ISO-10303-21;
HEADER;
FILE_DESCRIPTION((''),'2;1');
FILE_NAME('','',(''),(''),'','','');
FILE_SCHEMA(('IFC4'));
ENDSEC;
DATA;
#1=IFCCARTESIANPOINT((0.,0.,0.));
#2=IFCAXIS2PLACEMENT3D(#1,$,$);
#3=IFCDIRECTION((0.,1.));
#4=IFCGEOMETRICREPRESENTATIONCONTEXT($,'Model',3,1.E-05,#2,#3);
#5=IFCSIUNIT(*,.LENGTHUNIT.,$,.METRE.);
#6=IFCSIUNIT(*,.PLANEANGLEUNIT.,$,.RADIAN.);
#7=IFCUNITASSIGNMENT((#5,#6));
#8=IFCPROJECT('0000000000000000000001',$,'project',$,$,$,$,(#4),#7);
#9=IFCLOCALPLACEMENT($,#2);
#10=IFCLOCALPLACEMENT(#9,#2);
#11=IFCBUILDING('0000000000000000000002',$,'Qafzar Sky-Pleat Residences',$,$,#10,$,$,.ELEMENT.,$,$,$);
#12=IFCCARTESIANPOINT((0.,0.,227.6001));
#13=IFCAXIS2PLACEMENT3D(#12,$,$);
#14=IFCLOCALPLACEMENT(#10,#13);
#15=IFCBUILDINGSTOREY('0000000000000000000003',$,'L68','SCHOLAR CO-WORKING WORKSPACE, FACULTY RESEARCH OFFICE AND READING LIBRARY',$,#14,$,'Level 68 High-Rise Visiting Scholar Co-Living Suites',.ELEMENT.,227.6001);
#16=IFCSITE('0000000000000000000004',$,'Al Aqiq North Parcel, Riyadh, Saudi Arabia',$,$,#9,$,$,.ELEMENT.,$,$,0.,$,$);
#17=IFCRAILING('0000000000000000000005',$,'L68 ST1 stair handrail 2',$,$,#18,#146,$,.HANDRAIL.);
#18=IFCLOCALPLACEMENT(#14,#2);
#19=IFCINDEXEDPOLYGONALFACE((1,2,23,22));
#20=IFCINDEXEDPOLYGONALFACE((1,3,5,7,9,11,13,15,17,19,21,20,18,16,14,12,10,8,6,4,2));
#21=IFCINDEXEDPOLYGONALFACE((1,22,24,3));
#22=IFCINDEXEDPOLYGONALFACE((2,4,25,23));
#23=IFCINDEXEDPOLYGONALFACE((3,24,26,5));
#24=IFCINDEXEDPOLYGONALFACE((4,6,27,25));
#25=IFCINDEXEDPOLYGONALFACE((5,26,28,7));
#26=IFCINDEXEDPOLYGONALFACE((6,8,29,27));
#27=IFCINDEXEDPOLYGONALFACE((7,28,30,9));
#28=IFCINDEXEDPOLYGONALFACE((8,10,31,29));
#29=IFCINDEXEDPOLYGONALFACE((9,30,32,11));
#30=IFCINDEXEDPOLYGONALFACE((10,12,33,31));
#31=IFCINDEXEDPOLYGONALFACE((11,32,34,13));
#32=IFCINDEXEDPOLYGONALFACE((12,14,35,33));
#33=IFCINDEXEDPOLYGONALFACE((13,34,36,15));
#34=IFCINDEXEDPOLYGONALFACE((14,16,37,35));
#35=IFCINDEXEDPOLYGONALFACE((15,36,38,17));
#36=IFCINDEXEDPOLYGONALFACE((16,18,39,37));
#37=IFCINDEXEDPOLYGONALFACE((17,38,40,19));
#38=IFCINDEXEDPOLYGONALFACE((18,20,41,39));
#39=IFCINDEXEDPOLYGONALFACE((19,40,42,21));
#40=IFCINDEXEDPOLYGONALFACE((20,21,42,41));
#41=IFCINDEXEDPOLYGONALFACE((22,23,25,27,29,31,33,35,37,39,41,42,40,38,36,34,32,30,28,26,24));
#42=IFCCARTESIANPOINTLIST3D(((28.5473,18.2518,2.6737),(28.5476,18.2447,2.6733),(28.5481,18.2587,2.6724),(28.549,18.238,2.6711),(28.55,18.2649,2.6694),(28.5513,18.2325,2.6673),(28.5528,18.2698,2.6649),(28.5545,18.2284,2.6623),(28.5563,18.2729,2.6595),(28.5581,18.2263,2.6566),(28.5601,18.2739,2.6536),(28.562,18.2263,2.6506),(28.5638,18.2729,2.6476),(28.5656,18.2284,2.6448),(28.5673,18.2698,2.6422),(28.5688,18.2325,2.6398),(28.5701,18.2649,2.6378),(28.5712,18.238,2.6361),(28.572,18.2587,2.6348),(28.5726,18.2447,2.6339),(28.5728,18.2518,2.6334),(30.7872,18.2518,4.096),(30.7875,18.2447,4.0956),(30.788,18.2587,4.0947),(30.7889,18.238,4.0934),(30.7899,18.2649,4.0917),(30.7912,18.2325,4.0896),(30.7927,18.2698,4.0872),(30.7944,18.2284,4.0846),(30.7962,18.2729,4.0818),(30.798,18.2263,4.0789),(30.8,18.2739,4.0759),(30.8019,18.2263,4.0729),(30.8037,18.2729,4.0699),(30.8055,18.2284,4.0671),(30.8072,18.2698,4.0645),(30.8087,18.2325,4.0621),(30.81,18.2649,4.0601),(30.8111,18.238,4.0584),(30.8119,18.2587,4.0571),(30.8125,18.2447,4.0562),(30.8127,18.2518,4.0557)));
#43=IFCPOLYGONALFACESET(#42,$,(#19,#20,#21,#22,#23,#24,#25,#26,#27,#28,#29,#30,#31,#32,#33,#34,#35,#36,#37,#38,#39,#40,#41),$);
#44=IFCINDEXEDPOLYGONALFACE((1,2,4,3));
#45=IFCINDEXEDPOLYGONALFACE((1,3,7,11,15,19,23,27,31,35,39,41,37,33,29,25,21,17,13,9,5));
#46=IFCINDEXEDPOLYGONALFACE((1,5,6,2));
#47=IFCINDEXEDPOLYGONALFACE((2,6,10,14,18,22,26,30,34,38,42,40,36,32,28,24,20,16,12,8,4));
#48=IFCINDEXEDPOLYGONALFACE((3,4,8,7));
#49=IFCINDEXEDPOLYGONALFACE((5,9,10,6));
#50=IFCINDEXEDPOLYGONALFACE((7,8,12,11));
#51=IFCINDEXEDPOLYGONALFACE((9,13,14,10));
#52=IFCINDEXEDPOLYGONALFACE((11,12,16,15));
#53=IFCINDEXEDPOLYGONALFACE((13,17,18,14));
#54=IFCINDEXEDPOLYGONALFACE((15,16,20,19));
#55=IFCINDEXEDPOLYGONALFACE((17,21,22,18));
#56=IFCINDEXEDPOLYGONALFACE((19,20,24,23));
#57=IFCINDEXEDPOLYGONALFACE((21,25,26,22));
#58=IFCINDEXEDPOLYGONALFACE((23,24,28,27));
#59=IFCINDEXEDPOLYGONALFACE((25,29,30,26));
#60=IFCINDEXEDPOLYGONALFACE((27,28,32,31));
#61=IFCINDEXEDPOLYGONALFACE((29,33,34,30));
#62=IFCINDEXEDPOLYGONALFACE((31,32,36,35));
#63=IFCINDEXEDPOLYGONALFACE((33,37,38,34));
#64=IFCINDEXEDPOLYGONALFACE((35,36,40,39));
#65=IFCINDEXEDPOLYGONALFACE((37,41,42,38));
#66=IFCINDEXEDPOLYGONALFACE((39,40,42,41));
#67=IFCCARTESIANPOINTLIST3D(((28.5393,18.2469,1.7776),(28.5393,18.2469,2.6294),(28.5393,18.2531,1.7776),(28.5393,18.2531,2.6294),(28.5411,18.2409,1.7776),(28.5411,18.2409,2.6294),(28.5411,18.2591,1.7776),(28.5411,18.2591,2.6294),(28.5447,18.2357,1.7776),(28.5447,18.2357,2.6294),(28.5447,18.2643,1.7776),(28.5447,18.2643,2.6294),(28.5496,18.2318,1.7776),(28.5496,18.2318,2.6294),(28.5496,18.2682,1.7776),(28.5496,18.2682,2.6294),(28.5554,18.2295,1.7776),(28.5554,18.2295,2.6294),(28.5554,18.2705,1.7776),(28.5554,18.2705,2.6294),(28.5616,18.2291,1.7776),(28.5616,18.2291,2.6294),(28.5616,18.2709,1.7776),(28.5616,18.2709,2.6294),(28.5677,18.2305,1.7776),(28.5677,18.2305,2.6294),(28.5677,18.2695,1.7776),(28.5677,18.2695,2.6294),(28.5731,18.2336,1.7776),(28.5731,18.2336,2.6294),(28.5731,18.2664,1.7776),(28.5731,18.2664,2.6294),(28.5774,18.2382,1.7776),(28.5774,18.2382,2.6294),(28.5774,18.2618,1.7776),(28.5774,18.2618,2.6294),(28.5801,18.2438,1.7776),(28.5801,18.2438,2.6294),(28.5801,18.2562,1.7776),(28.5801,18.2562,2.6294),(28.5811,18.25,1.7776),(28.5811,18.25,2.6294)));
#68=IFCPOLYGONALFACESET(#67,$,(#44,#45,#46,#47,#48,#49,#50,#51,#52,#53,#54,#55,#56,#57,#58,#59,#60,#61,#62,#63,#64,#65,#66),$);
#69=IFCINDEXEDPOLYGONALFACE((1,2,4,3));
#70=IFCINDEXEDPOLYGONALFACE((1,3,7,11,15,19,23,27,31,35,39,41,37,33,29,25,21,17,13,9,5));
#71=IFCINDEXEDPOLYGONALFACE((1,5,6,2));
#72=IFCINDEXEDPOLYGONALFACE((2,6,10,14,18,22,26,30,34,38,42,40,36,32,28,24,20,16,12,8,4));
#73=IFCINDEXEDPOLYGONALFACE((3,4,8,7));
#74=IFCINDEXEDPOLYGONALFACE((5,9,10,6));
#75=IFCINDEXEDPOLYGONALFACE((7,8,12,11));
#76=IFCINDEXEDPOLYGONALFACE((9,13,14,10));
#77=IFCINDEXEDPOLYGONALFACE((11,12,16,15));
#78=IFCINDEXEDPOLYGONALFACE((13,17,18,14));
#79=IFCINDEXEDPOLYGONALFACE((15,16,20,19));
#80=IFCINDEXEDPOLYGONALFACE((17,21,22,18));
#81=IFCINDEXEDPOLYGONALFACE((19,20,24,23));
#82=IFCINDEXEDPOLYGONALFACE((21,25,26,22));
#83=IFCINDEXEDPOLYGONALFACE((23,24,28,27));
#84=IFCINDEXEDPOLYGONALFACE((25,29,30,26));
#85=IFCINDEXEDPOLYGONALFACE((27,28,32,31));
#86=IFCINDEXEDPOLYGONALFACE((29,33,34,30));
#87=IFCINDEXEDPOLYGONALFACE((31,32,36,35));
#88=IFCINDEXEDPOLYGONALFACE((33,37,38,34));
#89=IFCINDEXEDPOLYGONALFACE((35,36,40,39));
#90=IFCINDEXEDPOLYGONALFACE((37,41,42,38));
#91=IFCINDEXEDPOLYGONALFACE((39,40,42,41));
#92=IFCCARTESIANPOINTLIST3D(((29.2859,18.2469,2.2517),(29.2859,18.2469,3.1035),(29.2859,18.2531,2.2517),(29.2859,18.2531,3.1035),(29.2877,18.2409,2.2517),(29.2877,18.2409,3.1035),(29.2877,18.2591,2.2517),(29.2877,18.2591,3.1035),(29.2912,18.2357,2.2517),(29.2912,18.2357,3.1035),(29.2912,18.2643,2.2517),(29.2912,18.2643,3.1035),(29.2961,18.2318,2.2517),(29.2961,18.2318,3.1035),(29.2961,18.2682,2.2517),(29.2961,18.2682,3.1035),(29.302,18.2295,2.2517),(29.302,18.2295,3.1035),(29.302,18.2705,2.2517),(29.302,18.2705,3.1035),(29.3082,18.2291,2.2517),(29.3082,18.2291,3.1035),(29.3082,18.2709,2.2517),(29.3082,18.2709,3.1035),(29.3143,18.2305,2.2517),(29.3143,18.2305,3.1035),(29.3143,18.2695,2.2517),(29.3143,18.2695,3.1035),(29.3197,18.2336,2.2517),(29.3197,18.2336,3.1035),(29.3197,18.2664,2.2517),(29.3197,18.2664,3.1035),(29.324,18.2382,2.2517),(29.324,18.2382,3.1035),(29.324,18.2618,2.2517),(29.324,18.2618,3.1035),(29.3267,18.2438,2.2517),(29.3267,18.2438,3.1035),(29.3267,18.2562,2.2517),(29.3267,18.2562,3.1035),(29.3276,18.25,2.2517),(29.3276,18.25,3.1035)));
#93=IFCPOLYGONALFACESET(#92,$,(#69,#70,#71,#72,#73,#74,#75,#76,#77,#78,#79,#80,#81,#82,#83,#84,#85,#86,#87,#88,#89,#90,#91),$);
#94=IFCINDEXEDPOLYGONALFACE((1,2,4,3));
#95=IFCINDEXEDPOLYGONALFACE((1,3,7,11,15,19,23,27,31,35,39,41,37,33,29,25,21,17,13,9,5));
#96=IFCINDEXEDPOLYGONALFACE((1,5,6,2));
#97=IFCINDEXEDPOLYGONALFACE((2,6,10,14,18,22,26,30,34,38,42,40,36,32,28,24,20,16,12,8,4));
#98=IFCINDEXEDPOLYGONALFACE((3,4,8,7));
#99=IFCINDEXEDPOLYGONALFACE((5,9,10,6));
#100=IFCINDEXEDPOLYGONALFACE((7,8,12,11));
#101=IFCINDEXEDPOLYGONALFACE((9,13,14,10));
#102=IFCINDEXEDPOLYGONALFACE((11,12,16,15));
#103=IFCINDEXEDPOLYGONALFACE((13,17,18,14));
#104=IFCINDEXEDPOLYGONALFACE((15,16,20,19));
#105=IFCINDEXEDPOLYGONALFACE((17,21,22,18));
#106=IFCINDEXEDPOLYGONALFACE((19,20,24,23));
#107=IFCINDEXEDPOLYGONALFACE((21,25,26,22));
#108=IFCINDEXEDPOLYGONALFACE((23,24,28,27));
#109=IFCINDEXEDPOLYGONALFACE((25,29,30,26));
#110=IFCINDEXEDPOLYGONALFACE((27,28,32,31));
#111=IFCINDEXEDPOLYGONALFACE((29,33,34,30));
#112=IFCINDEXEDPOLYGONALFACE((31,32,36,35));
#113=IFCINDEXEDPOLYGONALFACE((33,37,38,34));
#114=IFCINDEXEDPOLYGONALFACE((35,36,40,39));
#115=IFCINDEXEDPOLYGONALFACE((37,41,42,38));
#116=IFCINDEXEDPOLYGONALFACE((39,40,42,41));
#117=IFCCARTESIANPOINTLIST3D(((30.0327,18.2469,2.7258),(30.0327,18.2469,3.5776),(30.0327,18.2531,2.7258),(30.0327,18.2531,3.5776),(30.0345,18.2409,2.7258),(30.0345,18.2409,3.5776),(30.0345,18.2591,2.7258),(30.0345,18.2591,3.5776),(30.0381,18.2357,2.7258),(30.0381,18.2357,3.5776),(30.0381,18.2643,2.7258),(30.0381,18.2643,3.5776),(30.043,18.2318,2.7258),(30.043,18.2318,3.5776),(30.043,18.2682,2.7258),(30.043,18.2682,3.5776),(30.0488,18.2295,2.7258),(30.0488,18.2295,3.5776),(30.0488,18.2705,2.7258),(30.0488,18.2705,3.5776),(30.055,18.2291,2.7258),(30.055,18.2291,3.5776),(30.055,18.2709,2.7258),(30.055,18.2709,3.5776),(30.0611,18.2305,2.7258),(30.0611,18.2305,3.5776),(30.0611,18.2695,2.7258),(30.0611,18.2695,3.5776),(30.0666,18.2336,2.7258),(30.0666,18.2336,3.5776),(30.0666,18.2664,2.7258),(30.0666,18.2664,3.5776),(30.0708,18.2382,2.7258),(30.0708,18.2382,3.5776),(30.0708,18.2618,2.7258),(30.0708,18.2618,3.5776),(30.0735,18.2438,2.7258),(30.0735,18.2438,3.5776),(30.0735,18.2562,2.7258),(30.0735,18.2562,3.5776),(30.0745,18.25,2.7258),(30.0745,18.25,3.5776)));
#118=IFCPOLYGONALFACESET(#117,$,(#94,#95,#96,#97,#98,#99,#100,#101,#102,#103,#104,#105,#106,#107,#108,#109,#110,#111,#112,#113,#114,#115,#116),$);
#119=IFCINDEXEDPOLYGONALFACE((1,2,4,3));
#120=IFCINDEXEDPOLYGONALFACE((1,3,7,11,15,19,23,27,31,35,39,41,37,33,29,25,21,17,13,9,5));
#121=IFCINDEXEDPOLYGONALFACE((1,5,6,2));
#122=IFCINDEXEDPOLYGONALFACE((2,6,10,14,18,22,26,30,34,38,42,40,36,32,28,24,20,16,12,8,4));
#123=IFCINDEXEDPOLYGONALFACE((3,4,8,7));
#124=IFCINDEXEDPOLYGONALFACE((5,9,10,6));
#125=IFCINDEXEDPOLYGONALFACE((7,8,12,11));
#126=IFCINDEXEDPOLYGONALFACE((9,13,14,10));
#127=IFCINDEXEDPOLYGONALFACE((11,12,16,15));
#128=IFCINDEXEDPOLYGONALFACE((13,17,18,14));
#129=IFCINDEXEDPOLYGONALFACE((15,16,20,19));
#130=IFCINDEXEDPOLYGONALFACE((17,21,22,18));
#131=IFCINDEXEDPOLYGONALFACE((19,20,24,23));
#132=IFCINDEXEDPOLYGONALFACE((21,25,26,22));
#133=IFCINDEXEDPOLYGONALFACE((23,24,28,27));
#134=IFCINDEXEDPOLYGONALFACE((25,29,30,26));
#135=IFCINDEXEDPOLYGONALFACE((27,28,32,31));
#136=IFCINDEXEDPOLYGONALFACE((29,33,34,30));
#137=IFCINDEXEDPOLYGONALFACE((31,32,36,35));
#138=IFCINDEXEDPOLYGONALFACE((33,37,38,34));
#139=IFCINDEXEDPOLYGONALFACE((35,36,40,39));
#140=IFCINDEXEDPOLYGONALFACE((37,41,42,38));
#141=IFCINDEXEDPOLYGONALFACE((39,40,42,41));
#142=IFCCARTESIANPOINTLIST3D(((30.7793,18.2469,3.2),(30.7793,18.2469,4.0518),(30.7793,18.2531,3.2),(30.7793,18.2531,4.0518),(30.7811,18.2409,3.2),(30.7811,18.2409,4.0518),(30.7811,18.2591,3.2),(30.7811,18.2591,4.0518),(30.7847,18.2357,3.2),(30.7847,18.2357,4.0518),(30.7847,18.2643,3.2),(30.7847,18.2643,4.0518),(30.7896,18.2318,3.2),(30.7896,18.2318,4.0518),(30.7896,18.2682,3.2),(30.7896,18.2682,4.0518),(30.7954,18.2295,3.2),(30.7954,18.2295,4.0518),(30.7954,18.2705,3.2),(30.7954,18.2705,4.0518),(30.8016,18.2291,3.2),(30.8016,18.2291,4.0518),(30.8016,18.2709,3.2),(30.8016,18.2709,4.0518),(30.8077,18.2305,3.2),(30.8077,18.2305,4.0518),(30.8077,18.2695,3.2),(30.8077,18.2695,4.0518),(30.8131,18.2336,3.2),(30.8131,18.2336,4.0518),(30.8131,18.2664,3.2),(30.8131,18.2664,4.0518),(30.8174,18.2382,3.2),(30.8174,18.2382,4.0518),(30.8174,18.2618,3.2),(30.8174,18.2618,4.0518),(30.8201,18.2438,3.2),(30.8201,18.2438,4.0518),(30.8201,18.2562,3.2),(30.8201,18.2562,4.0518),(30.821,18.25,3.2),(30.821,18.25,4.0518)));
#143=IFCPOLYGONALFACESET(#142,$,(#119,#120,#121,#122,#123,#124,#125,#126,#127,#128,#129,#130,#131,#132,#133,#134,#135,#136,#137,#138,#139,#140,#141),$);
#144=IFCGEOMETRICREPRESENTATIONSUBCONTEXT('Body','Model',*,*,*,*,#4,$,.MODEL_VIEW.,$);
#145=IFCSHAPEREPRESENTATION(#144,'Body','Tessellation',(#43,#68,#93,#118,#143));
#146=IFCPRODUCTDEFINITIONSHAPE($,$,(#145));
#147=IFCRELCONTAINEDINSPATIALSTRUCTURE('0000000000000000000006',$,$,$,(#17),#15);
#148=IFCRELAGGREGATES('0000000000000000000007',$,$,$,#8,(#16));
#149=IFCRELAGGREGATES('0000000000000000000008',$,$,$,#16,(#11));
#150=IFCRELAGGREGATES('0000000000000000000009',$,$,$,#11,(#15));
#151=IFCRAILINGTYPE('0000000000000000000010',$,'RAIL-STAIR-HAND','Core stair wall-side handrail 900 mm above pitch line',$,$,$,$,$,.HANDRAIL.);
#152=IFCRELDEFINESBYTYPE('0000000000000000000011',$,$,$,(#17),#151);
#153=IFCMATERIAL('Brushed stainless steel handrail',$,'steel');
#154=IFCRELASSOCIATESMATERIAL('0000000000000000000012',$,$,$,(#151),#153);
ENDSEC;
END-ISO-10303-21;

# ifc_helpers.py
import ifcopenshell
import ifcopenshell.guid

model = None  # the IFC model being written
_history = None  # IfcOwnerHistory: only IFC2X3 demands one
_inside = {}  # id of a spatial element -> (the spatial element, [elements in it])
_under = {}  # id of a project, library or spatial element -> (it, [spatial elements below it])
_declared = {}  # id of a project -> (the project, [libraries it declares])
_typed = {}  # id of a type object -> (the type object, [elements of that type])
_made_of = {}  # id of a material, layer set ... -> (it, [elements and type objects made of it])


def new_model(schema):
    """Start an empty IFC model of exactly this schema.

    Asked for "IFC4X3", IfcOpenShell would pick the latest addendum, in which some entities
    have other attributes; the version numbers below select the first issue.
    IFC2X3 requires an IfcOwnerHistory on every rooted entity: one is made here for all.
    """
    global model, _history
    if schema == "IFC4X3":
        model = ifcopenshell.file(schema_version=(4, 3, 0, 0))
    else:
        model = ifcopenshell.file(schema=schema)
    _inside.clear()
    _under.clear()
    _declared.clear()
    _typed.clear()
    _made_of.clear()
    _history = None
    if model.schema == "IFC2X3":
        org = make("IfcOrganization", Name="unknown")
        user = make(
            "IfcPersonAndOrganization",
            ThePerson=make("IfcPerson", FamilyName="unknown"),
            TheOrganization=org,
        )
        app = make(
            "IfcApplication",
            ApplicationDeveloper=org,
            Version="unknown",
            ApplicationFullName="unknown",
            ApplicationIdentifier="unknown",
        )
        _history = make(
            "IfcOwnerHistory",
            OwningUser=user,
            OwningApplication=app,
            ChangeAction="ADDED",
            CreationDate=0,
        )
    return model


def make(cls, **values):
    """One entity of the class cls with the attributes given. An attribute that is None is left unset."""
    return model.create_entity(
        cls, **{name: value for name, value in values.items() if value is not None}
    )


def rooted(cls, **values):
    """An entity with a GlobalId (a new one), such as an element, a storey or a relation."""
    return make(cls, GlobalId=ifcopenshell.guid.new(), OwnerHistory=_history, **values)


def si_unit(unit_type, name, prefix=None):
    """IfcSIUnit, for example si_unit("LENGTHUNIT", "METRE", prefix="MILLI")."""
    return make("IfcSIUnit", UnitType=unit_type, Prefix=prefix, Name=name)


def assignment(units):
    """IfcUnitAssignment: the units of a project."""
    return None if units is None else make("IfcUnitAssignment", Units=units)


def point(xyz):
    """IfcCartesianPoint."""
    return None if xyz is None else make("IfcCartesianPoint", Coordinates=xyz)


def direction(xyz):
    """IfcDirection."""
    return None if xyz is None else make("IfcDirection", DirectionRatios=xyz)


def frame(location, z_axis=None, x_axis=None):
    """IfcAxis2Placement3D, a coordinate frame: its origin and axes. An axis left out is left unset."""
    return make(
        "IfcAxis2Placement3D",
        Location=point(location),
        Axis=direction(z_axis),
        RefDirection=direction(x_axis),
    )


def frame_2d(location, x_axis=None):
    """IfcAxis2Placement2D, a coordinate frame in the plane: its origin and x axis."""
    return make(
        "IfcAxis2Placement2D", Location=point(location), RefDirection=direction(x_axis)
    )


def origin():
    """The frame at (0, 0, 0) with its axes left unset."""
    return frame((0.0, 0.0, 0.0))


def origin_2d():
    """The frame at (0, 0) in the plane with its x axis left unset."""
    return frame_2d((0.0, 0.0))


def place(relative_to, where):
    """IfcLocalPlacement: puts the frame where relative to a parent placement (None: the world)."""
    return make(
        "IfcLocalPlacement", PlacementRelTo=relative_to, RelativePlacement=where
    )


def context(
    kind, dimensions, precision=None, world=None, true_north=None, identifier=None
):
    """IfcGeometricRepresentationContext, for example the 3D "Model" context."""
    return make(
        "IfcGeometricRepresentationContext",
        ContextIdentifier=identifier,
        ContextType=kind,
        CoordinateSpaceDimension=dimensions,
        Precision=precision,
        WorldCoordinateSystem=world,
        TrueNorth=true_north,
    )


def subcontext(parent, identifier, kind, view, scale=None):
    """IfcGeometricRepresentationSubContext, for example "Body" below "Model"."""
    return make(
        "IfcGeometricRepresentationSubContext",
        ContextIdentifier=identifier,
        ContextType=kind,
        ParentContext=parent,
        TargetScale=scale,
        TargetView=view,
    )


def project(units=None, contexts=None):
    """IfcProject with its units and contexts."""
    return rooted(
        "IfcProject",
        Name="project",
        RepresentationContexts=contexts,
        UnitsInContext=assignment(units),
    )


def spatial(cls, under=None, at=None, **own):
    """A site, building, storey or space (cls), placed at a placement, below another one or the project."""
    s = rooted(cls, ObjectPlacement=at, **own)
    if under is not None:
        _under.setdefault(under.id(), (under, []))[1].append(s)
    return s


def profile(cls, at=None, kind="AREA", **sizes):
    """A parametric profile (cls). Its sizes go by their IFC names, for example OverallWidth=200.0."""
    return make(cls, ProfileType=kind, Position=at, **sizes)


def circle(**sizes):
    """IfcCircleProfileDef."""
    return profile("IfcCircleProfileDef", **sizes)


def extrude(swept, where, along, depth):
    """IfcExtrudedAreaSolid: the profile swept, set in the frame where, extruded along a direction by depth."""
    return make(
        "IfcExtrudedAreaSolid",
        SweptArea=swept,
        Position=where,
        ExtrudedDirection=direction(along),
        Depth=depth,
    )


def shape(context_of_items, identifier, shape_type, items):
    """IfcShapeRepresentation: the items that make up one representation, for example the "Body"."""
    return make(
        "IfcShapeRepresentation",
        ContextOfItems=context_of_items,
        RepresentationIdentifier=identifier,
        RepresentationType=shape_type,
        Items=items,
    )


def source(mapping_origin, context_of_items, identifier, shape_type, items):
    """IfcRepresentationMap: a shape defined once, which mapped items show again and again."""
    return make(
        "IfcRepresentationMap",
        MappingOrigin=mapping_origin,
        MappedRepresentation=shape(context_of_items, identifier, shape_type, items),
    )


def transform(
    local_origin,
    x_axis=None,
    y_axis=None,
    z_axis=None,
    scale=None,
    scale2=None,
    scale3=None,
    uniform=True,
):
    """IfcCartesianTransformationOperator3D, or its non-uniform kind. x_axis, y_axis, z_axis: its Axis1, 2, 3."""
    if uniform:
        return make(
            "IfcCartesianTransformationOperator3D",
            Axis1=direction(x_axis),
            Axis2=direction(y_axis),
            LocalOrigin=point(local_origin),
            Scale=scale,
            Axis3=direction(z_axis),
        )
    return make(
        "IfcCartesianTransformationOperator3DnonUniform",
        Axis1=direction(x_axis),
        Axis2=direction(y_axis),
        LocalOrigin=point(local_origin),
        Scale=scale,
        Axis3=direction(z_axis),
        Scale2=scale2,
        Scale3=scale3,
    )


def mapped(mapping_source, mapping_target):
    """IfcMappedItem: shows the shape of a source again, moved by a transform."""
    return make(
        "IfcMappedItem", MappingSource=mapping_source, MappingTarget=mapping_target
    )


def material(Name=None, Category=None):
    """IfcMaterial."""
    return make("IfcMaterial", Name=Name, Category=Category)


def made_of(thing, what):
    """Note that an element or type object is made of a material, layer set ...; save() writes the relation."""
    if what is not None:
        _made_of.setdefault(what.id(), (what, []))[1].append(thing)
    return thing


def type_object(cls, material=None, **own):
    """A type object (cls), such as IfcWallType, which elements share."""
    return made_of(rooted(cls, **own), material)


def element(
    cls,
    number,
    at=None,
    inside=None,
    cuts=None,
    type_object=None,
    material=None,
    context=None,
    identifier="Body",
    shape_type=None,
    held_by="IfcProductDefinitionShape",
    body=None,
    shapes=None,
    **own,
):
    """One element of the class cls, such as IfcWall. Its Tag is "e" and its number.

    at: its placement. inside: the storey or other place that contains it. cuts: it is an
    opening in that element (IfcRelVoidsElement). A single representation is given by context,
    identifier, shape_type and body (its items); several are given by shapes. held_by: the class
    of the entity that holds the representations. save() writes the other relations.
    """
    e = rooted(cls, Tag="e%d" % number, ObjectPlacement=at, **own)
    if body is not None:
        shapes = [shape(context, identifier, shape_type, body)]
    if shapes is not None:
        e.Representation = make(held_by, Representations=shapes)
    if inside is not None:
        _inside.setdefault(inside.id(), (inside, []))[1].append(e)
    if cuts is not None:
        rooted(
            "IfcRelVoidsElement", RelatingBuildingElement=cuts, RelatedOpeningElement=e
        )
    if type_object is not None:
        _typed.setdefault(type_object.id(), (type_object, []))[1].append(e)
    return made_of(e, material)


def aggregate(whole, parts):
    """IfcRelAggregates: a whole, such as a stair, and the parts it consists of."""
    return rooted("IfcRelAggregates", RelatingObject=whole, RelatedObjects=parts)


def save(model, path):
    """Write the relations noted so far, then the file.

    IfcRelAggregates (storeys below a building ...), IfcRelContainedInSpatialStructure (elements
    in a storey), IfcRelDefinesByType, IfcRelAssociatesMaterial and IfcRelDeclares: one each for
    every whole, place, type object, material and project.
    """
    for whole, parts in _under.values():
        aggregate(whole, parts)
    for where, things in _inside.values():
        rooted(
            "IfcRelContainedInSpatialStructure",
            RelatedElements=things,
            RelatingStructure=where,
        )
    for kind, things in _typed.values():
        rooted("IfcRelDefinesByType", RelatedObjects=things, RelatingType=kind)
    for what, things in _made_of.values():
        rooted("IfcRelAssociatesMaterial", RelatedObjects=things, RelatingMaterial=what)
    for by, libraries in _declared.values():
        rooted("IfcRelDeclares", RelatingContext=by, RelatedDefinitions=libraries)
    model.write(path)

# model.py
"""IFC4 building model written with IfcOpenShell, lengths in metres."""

from ifc_helpers import new_model, si_unit, direction, frame, origin, origin_2d, place, context, subcontext, project, spatial, circle, extrude, source, transform, mapped, material, type_object, element, save


model = new_model("IFC4")

# Units and contexts
model_context = context("Model", 3, precision=1e-05, world=origin(), true_north=direction((0.0, 1.0)))
body_context = subcontext(model_context, "Body", "Model", "MODEL_VIEW")
ifc_project = project(units=[si_unit("LENGTHUNIT", "METRE"), si_unit("PLANEANGLEUNIT", "RADIAN")], contexts=[model_context])

# Site, building, storey
site_placement = place(None, origin())
site = spatial("IfcSite", under=ifc_project, at=site_placement, Name="Al Aqiq North Parcel, Riyadh, Saudi Arabia", CompositionType="ELEMENT", RefElevation=0.0)
building_placement = place(site_placement, origin())
building = spatial("IfcBuilding", under=site, at=building_placement, Name="Qafzar Sky-Pleat Residences", CompositionType="ELEMENT")
storey_placement = place(building_placement, frame((0.0, 0.0, 227.6001)))
storey = spatial("IfcBuildingStorey", under=building, at=storey_placement, Name="L68", Description="SCHOLAR CO-WORKING WORKSPACE, FACULTY RESEARCH OFFICE AND READING LIBRARY", LongName="Level 68 High-Rise Visiting Scholar Co-Living Suites", CompositionType="ELEMENT", Elevation=227.6001)

# Railing
ifc_material_1 = material(Name="Brushed stainless steel handrail", Category="steel")
railing_type_1 = type_object("IfcRailingType", Name="RAIL-STAIR-HAND", Description="Core stair wall-side handrail 900 mm above pitch line", PredefinedType="HANDRAIL", material=ifc_material_1)
shared_shape_1 = source(origin(), body_context, "Body", "SweptSolid", [
    extrude(circle(Radius=0.0239, at=origin_2d()), frame((0.0, 0.0, 0.876), z_axis=(0.844188, 0.0, 0.536048), x_axis=(0.0, 1.0, 0.0)), (0.0, 0.0, 1.0), 2.6533),
    extrude(circle(Radius=0.021, at=origin_2d()), origin(), (0.0, 0.0, 1.0), 0.8518),
    extrude(circle(Radius=0.021, at=origin_2d()), frame((0.7466, 0.0, 0.4741)), (0.0, 0.0, 1.0), 0.8518),
    extrude(circle(Radius=0.021, at=origin_2d()), frame((1.4934, 0.0, 0.9482)), (0.0, 0.0, 1.0), 0.8518),
    extrude(circle(Radius=0.021, at=origin_2d()), frame((2.24, 0.0, 1.4224)), (0.0, 0.0, 1.0), 0.8518),
])
railing_1_placement = place(storey_placement, frame((28.5601, 18.25, 1.7776)))
element("IfcRailing", 1, at=railing_1_placement, inside=storey, type_object=railing_type_1, Name="L68 ST1 stair handrail 2", PredefinedType="HANDRAIL", context=body_context, shape_type="MappedRepresentation", body=[
    mapped(shared_shape_1, transform((0.0, 0.0, 0.0), x_axis=(1.0, 0.0, 0.0), y_axis=(0.0, 1.0, 0.0), z_axis=(0.0, 0.0, 1.0), scale=1.0)),
])

save(model, "model.ifc")
